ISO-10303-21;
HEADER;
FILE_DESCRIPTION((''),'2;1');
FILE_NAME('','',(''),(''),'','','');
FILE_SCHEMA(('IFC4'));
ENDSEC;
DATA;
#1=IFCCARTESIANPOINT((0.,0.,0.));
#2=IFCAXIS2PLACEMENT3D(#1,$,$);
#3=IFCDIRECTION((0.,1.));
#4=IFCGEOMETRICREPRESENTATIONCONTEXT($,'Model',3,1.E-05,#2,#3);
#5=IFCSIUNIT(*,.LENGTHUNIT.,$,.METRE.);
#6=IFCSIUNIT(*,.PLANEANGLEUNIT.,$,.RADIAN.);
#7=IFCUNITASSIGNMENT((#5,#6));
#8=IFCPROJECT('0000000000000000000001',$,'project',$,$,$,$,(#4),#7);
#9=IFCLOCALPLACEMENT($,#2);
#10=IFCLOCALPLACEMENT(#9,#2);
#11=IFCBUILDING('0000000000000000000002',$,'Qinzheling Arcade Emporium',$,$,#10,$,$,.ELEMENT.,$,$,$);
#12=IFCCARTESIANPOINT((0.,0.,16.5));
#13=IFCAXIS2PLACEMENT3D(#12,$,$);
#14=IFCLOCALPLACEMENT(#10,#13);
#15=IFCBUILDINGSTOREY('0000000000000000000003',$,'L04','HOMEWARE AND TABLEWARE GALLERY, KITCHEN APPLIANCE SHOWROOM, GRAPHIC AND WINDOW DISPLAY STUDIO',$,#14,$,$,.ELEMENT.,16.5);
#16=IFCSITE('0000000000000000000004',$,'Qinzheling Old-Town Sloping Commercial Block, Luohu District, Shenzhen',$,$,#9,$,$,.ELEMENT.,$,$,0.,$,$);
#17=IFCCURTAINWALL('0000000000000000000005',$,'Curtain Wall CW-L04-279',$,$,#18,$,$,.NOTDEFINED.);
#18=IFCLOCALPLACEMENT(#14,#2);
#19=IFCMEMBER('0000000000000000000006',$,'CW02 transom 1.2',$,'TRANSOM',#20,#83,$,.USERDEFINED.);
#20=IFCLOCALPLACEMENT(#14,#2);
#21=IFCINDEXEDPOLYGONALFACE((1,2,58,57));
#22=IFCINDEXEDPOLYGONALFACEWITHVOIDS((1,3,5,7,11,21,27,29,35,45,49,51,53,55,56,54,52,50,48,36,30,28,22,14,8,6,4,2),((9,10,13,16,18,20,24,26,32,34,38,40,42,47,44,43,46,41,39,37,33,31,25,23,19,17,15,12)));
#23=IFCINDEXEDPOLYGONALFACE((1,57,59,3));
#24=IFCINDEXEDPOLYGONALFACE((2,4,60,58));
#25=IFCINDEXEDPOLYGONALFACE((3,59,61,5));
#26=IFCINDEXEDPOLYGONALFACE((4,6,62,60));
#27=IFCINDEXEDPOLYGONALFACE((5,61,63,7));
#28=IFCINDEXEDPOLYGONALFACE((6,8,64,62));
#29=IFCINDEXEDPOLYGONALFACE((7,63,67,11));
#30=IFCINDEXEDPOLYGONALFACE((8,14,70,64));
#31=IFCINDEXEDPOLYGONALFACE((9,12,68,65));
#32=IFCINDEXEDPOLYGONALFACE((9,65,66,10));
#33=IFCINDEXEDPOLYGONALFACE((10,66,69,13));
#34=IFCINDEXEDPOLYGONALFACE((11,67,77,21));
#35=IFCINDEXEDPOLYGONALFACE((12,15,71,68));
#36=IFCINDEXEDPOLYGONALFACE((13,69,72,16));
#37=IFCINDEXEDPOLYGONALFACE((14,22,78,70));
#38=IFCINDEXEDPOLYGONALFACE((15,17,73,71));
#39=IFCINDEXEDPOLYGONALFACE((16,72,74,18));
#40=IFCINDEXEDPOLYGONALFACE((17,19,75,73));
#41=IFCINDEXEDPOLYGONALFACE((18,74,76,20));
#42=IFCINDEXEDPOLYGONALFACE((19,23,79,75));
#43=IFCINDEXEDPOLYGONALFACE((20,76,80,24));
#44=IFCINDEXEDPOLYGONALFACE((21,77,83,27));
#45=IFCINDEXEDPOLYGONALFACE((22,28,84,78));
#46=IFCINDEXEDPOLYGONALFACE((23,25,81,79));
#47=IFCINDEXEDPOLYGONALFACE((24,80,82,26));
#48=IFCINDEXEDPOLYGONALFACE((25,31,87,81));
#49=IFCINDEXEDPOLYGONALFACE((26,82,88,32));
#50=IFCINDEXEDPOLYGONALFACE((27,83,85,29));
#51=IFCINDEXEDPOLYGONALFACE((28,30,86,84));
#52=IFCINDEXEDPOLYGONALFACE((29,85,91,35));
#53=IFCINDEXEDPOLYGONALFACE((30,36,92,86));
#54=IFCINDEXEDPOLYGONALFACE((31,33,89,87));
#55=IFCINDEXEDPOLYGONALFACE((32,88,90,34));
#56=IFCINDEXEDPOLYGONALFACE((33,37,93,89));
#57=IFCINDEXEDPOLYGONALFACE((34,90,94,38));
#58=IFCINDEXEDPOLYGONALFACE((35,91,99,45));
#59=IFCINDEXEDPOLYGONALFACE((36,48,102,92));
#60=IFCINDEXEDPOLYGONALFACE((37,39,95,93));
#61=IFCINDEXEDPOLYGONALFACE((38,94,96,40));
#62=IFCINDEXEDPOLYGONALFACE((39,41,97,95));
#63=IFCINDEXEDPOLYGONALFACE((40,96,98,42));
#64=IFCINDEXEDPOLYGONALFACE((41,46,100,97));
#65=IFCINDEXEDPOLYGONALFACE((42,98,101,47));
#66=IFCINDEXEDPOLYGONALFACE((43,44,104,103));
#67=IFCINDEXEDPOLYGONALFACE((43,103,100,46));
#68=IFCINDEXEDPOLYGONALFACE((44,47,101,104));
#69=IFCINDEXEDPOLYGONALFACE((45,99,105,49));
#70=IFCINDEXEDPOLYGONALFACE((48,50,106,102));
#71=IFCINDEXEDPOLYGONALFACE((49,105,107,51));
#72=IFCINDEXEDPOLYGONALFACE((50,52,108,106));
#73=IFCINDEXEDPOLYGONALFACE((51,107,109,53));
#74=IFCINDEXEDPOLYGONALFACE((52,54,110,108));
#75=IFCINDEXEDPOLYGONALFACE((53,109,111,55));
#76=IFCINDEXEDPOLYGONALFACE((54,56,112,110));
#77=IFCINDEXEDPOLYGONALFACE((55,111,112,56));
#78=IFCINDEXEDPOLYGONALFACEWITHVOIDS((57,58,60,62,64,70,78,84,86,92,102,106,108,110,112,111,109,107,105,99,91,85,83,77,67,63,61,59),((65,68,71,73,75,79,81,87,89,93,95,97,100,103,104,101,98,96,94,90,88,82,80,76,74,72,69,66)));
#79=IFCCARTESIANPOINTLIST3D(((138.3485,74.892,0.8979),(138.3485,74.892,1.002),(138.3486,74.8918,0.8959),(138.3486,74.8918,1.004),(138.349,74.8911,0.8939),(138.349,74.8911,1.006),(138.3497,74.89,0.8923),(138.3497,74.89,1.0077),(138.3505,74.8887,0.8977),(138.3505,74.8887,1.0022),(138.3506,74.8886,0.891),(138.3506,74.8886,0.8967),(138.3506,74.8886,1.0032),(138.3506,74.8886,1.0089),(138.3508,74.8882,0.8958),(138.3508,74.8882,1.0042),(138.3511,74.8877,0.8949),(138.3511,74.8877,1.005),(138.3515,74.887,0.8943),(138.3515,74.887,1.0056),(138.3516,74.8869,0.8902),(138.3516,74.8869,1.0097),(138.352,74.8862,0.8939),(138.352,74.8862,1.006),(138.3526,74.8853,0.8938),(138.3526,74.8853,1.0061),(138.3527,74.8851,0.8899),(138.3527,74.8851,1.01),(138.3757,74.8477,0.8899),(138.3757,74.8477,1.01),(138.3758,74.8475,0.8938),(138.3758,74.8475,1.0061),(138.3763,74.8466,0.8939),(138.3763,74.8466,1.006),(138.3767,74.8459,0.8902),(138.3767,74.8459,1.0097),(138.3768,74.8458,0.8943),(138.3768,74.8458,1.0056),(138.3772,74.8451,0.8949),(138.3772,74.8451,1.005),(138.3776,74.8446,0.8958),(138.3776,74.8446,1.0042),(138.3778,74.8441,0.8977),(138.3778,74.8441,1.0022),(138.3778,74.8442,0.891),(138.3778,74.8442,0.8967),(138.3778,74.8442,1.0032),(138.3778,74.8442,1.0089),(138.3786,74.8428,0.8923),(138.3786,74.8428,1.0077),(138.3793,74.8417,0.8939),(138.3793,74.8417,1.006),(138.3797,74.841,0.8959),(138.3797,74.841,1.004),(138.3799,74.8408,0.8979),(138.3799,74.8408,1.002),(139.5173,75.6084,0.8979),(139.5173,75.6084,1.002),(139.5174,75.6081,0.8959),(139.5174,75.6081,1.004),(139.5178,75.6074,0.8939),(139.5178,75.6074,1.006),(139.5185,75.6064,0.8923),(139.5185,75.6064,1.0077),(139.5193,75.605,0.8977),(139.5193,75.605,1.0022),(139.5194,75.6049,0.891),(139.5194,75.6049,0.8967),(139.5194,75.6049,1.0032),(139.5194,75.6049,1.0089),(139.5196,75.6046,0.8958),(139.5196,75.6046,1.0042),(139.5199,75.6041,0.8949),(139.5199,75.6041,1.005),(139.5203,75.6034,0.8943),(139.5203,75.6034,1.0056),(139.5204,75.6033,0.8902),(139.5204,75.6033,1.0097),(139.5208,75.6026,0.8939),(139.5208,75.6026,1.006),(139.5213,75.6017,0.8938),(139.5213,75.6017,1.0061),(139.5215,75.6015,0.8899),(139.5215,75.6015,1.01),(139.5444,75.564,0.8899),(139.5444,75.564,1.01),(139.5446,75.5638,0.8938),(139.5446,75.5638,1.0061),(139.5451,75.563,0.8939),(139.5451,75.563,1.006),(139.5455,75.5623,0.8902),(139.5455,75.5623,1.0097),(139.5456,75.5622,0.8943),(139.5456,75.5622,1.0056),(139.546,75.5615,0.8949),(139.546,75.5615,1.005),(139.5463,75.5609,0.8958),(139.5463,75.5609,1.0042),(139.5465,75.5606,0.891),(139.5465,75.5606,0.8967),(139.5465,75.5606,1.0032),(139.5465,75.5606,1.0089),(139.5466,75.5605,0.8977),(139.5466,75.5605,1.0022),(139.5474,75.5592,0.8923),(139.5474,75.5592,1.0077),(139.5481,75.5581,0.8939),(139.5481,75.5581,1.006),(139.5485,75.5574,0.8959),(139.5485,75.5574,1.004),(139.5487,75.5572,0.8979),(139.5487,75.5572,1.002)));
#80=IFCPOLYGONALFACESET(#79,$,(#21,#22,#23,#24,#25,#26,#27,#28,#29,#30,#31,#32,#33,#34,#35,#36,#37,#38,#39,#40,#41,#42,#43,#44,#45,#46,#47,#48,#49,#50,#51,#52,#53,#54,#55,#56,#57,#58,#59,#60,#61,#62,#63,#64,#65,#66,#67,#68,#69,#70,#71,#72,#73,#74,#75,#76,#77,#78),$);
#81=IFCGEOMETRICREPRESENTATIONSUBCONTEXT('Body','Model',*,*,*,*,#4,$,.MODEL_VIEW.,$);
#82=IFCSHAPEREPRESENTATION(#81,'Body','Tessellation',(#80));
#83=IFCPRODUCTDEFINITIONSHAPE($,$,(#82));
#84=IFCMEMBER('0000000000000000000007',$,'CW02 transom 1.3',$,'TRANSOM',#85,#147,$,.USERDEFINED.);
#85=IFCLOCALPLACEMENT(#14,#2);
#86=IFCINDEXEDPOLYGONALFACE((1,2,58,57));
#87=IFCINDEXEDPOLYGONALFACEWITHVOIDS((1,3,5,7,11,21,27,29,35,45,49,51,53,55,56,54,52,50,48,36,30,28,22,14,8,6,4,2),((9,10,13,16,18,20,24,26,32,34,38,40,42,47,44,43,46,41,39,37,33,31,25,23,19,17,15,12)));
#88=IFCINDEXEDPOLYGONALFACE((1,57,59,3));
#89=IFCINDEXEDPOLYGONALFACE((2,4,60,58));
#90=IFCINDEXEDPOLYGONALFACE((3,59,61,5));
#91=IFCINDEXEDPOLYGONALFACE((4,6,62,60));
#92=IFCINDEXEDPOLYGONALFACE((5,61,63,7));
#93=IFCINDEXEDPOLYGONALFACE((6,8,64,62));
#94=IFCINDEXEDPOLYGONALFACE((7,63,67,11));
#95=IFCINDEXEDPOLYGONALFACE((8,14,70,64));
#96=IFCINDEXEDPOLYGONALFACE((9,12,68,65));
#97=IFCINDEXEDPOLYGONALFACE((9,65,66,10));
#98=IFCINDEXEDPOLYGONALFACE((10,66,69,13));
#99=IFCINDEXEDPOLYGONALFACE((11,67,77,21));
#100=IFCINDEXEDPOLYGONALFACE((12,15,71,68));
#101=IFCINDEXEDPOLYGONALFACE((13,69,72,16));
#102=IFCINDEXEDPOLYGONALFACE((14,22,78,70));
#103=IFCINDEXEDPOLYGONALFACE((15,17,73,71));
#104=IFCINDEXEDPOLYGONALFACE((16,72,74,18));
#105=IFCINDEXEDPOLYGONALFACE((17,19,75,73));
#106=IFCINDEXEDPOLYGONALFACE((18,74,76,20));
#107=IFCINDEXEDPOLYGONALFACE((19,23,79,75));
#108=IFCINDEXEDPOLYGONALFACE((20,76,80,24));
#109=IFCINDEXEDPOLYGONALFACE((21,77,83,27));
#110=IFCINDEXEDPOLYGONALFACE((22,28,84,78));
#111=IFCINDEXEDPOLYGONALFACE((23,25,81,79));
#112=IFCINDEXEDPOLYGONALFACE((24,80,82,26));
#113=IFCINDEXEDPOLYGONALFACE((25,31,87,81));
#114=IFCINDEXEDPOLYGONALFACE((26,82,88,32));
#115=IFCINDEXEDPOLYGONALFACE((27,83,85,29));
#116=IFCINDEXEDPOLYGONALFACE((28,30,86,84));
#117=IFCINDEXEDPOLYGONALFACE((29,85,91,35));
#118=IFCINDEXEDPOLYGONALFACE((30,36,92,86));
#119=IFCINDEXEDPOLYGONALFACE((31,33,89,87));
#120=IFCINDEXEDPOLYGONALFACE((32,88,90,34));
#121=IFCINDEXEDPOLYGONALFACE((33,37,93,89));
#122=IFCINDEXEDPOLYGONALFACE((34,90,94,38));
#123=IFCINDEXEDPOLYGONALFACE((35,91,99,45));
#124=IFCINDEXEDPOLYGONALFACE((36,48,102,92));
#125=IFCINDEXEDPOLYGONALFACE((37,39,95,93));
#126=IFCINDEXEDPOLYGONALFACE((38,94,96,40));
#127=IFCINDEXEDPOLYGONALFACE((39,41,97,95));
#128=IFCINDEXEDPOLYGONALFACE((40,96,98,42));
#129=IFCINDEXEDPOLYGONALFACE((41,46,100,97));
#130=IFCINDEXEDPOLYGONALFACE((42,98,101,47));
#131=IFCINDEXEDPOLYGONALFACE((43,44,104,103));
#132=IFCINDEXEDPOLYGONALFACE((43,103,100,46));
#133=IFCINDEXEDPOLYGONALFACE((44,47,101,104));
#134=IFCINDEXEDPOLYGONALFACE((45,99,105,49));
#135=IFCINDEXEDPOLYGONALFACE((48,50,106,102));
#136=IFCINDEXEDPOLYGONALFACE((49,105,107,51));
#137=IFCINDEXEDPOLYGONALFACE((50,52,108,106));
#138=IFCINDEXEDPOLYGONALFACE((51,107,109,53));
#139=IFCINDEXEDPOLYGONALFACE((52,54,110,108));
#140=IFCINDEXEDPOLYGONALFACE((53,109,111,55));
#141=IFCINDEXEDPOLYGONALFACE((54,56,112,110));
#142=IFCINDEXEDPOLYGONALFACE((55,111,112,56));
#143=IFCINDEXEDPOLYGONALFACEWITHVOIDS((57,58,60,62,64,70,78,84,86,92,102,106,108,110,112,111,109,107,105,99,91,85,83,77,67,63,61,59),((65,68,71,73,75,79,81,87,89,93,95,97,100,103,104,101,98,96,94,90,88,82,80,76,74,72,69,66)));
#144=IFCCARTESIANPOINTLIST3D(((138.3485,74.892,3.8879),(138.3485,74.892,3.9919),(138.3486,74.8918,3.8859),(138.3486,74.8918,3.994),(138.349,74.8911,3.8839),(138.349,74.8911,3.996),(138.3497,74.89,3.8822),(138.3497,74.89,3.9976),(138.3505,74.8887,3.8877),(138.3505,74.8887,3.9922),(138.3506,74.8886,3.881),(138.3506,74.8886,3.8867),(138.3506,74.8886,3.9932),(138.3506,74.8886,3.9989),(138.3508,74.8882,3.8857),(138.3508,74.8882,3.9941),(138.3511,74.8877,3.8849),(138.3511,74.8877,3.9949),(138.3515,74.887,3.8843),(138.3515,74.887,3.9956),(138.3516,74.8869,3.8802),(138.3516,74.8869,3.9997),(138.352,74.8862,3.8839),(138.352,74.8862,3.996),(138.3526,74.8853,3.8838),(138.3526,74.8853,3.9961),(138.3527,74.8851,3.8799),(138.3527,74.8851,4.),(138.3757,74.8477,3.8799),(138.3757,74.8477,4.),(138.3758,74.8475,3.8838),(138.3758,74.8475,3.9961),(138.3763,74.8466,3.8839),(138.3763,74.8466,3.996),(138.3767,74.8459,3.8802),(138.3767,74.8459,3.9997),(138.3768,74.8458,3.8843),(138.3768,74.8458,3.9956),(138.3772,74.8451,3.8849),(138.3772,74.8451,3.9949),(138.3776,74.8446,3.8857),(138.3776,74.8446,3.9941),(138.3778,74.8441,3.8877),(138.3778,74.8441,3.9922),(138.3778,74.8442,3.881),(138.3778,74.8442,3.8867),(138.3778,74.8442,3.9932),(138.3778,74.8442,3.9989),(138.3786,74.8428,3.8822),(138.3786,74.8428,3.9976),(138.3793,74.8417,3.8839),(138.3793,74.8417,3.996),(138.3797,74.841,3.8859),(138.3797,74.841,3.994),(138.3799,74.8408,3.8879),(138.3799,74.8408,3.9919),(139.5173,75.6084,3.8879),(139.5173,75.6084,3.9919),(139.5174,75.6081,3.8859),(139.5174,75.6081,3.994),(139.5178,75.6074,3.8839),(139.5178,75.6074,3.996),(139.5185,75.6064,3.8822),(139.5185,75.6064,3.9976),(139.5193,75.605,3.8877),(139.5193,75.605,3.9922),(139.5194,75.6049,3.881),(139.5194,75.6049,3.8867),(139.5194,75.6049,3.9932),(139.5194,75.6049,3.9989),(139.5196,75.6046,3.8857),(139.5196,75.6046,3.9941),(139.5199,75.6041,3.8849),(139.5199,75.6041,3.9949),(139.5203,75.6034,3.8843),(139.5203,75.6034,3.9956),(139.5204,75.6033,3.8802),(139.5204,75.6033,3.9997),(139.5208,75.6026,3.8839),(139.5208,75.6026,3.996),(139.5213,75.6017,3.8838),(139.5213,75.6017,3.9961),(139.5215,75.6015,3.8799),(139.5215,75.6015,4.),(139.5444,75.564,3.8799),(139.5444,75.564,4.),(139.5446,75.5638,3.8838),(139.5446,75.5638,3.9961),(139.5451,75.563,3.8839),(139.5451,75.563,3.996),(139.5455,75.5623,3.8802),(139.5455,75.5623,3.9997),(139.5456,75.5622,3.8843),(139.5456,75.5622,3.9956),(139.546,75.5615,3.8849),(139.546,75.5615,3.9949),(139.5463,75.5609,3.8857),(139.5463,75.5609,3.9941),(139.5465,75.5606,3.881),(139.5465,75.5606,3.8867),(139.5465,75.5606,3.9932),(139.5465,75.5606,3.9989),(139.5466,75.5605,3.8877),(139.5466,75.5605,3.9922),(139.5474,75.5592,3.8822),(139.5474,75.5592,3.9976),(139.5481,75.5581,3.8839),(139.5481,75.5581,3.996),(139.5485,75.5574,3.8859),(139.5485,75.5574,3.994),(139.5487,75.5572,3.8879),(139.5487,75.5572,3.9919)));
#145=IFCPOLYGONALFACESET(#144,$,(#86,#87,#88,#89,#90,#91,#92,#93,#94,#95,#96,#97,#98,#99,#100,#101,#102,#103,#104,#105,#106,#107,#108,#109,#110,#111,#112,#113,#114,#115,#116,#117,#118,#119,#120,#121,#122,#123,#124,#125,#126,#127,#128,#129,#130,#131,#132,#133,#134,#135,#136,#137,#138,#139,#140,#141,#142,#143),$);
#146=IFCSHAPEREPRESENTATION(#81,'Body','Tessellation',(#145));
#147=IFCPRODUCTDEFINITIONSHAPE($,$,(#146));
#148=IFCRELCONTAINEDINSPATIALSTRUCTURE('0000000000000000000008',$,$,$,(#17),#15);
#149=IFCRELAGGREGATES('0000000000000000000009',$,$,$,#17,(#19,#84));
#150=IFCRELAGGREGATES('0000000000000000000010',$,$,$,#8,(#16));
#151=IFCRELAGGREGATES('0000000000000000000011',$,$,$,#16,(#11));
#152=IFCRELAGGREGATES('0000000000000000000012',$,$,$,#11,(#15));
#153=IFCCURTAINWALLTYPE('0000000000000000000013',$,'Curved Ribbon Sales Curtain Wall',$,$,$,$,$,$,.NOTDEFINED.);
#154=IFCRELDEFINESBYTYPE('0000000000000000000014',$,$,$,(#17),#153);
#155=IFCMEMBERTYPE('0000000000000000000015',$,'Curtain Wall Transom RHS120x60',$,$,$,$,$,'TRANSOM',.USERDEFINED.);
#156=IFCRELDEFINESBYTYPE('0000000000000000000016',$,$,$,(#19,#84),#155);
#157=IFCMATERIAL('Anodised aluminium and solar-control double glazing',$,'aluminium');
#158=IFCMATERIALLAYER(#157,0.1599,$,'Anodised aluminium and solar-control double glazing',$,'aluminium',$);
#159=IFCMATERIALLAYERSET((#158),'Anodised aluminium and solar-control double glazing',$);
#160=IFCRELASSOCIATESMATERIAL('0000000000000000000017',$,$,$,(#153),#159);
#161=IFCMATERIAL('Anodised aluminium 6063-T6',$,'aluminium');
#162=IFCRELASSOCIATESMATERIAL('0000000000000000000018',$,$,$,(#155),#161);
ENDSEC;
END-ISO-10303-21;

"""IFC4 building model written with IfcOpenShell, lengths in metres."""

from ifc_helpers import new_model, si_unit, direction, frame, origin, origin_2d, place, context, subcontext, project, spatial, hollow_rectangle, extrude, material, layer, layer_set, material_profile, profile_set, type_object, element, aggregate, save


model = new_model("IFC4")

# Units and contexts
model_context = context("Model", 3, precision=1e-05, world=origin(), true_north=direction((0.0, 1.0)))
body_context = subcontext(model_context, "Body", "Model", "MODEL_VIEW")
ifc_project = project(units=[si_unit("LENGTHUNIT", "METRE"), si_unit("PLANEANGLEUNIT", "RADIAN")], contexts=[model_context])

# Site, building, storey
site_placement = place(None, origin())
site = spatial("IfcSite", under=ifc_project, at=site_placement, Name="Qinzheling Old-Town Sloping Commercial Block, Luohu District, Shenzhen", CompositionType="ELEMENT", RefElevation=0.0)
building_placement = place(site_placement, origin())
building = spatial("IfcBuilding", under=site, at=building_placement, Name="Qinzheling Arcade Emporium", CompositionType="ELEMENT")
storey_placement = place(building_placement, frame((0.0, 0.0, 16.5)))
storey = spatial("IfcBuildingStorey", under=building, at=storey_placement, Name="L04", Description="HOMEWARE AND TABLEWARE GALLERY, KITCHEN APPLIANCE SHOWROOM, GRAPHIC AND WINDOW DISPLAY STUDIO", CompositionType="ELEMENT", Elevation=16.5)

# Curtain wall
ifc_material_1 = material(Name="Anodised aluminium and solar-control double glazing", Category="aluminium")
ifc_layer_1 = layer(ifc_material_1, 0.1599, Name="Anodised aluminium and solar-control double glazing", Category="aluminium")
ifc_layer_set_1 = layer_set([ifc_layer_1], Name="Anodised aluminium and solar-control double glazing")
curtain_wall_type_1 = type_object("IfcCurtainWallType", Name="Curved Ribbon Sales Curtain Wall", PredefinedType="NOTDEFINED", material=ifc_layer_set_1)
curtain_wall_1_placement = place(storey_placement, origin())
curtain_wall_1 = element("IfcCurtainWall", 1, at=curtain_wall_1_placement, inside=storey, type_object=curtain_wall_type_1, Name="Curtain Wall CW-L04-279", PredefinedType="NOTDEFINED")
ifc_material_2 = material(Name="Anodised aluminium 6063-T6", Category="aluminium")

# Members
ifc_material_profile_1 = material_profile(ifc_material_2, hollow_rectangle(XDim=0.0601, YDim=0.1201, WallThickness=0.0039, InnerFilletRadius=0.0039, OuterFilletRadius=0.0081, at=origin_2d()), Name="RHS 120x60x4", Category="aluminium")
ifc_profile_set_1 = profile_set([ifc_material_profile_1], Name="Anodised aluminium 6063-T6")
member_type_1 = type_object("IfcMemberType", Name="Curtain Wall Transom RHS120x60", ElementType="TRANSOM", PredefinedType="USERDEFINED", material=ifc_profile_set_1)
member_1_placement = place(storey_placement, frame((139.533, 75.5828, 0.95), z_axis=(-0.852599, -0.522566, 0.0), x_axis=(0.522566, -0.852599, 0.0)))
member_1 = element("IfcMember", 2, at=member_1_placement, type_object=member_type_1, Name="CW02 transom 1.2", ObjectType="TRANSOM", PredefinedType="USERDEFINED", context=body_context, shape_type="SweptSolid", body=[
    extrude(hollow_rectangle(XDim=0.0601, YDim=0.1201, WallThickness=0.0039, InnerFilletRadius=0.0039, OuterFilletRadius=0.0081, at=origin_2d()), origin(), (0.0, 0.0, 1.0), 1.3708),
])
member_2_placement = place(storey_placement, frame((139.533, 75.5828, 3.9399), z_axis=(-0.852599, -0.522566, 0.0), x_axis=(0.522566, -0.852599, 0.0)))
member_2 = element("IfcMember", 3, at=member_2_placement, type_object=member_type_1, Name="CW02 transom 1.3", ObjectType="TRANSOM", PredefinedType="USERDEFINED", context=body_context, shape_type="SweptSolid", body=[
    extrude(hollow_rectangle(XDim=0.0601, YDim=0.1201, WallThickness=0.0039, InnerFilletRadius=0.0039, OuterFilletRadius=0.0081, at=origin_2d()), origin(), (0.0, 0.0, 1.0), 1.3708),
])

aggregate(curtain_wall_1, [member_1, member_2])

save(model, "model.ifc")
